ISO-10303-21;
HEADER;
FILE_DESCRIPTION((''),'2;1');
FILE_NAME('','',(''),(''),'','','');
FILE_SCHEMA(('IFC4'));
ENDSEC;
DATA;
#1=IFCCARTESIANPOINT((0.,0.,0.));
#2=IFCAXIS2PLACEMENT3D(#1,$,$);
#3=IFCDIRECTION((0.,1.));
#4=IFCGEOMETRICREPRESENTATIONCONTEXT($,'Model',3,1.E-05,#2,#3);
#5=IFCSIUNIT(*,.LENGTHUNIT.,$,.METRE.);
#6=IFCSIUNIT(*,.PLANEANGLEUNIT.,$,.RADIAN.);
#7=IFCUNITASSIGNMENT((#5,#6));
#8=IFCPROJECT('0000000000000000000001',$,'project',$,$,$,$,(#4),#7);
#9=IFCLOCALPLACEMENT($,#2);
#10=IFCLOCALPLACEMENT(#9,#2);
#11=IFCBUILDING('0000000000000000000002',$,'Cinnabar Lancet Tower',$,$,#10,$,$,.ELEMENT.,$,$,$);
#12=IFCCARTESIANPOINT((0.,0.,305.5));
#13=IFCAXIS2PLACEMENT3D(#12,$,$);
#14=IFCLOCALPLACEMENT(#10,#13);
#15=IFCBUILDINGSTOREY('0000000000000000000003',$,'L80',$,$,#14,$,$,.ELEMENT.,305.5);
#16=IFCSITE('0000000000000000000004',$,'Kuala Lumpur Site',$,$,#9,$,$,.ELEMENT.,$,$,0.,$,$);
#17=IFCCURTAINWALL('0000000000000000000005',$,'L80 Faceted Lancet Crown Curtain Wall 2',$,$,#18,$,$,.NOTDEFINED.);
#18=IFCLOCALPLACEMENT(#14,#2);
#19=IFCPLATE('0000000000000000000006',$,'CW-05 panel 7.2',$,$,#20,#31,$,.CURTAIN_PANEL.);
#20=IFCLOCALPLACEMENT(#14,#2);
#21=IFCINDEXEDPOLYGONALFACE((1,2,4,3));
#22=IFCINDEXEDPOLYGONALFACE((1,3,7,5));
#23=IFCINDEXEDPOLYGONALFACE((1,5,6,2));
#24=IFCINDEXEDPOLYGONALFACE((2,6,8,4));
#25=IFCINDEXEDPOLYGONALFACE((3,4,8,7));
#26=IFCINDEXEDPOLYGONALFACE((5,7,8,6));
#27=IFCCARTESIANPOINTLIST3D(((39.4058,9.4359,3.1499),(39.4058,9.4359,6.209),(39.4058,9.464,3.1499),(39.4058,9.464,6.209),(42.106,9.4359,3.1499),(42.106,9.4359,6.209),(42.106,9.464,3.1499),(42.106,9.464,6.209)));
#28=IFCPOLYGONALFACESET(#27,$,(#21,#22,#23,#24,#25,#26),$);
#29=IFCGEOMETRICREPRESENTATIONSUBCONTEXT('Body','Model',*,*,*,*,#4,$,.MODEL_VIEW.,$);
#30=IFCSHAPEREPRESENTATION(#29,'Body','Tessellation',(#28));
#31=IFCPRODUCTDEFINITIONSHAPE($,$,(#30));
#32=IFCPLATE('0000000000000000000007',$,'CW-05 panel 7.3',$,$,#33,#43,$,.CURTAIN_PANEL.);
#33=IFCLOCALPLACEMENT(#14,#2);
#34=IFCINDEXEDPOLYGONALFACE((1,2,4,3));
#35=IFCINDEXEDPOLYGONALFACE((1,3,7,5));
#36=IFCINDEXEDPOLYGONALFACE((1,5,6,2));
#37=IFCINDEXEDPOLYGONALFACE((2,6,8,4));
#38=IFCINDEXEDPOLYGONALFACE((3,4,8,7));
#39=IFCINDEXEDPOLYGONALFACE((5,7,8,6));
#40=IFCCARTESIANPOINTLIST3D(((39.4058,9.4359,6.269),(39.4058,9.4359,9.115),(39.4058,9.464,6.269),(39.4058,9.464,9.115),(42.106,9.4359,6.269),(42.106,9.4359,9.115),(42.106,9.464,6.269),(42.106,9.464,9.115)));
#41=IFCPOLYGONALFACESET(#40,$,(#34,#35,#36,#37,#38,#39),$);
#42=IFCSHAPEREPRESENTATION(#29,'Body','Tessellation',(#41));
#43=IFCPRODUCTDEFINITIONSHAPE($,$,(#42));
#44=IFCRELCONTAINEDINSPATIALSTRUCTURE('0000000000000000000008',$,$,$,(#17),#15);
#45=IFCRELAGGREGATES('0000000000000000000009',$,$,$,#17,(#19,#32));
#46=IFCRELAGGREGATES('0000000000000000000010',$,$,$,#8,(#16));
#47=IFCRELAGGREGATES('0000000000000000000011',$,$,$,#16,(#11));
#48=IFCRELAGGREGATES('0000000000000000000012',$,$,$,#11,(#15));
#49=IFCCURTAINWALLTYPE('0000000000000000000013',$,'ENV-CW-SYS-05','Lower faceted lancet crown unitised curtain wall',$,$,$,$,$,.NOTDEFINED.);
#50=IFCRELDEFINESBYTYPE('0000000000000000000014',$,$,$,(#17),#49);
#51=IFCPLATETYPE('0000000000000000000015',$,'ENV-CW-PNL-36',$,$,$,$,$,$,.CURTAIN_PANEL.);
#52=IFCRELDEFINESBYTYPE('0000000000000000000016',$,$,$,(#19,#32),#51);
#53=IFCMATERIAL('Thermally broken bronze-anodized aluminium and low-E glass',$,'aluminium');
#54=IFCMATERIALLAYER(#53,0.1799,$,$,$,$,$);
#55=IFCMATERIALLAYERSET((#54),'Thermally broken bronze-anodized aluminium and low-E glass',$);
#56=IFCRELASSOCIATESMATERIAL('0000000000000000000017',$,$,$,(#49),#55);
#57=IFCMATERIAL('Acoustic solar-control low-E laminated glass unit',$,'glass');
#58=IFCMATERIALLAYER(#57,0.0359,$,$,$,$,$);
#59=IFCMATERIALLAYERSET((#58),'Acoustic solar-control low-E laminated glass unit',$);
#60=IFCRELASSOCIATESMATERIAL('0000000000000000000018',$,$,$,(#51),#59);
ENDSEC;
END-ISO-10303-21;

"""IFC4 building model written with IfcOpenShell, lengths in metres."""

from ifc_helpers import new_model, si_unit, direction, frame, origin, origin_2d, place, context, subcontext, project, spatial, rectangle, extrude, material, layer, layer_set, type_object, element, aggregate, save


model = new_model("IFC4")

# Units and contexts
model_context = context("Model", 3, precision=1e-05, world=origin(), true_north=direction((0.0, 1.0)))
body_context = subcontext(model_context, "Body", "Model", "MODEL_VIEW")
ifc_project = project(units=[si_unit("LENGTHUNIT", "METRE"), si_unit("PLANEANGLEUNIT", "RADIAN")], contexts=[model_context])

# Site, building, storey
site_placement = place(None, origin())
site = spatial("IfcSite", under=ifc_project, at=site_placement, Name="Kuala Lumpur Site", CompositionType="ELEMENT", RefElevation=0.0)
building_placement = place(site_placement, origin())
building = spatial("IfcBuilding", under=site, at=building_placement, Name="Cinnabar Lancet Tower", CompositionType="ELEMENT")
storey_placement = place(building_placement, frame((0.0, 0.0, 305.5)))
storey = spatial("IfcBuildingStorey", under=building, at=storey_placement, Name="L80", CompositionType="ELEMENT", Elevation=305.5)

# Curtain wall
ifc_material_1 = material(Name="Thermally broken bronze-anodized aluminium and low-E glass", Category="aluminium")
ifc_layer_1 = layer(ifc_material_1, 0.1799)
ifc_layer_set_1 = layer_set([ifc_layer_1], Name="Thermally broken bronze-anodized aluminium and low-E glass")
curtain_wall_type = type_object("IfcCurtainWallType", Name="ENV-CW-SYS-05", Description="Lower faceted lancet crown unitised curtain wall", PredefinedType="NOTDEFINED", material=ifc_layer_set_1)
curtain_wall_1_placement = place(storey_placement, origin())
curtain_wall_1 = element("IfcCurtainWall", 1, at=curtain_wall_1_placement, inside=storey, type_object=curtain_wall_type, Name="L80 Faceted Lancet Crown Curtain Wall 2", PredefinedType="NOTDEFINED")

# Plates
ifc_material_2 = material(Name="Acoustic solar-control low-E laminated glass unit", Category="glass")
ifc_layer_2 = layer(ifc_material_2, 0.0359)
ifc_layer_set_2 = layer_set([ifc_layer_2], Name="Acoustic solar-control low-E laminated glass unit")
plate_type = type_object("IfcPlateType", Name="ENV-CW-PNL-36", PredefinedType="CURTAIN_PANEL", material=ifc_layer_set_2)
plate_1_placement = place(storey_placement, frame((40.7559, 9.45, 3.1499), z_axis=(0.0, 0.0, 1.0), x_axis=(1.0, 0.0, 0.0)))
plate_1 = element("IfcPlate", 2, at=plate_1_placement, type_object=plate_type, Name="CW-05 panel 7.2", PredefinedType="CURTAIN_PANEL", context=body_context, shape_type="SweptSolid", body=[
    extrude(rectangle(XDim=2.7002, YDim=0.0281, at=origin_2d()), origin(), (0.0, 0.0, 1.0), 3.0591),
])
plate_2_placement = place(storey_placement, frame((40.7559, 9.45, 6.269), z_axis=(0.0, 0.0, 1.0), x_axis=(1.0, 0.0, 0.0)))
plate_2 = element("IfcPlate", 3, at=plate_2_placement, type_object=plate_type, Name="CW-05 panel 7.3", PredefinedType="CURTAIN_PANEL", context=body_context, shape_type="SweptSolid", body=[
    extrude(rectangle(XDim=2.7002, YDim=0.0281, at=origin_2d()), origin(), (0.0, 0.0, 1.0), 2.8459),
])
aggregate(curtain_wall_1, [plate_1, plate_2])

save(model, "model.ifc")
